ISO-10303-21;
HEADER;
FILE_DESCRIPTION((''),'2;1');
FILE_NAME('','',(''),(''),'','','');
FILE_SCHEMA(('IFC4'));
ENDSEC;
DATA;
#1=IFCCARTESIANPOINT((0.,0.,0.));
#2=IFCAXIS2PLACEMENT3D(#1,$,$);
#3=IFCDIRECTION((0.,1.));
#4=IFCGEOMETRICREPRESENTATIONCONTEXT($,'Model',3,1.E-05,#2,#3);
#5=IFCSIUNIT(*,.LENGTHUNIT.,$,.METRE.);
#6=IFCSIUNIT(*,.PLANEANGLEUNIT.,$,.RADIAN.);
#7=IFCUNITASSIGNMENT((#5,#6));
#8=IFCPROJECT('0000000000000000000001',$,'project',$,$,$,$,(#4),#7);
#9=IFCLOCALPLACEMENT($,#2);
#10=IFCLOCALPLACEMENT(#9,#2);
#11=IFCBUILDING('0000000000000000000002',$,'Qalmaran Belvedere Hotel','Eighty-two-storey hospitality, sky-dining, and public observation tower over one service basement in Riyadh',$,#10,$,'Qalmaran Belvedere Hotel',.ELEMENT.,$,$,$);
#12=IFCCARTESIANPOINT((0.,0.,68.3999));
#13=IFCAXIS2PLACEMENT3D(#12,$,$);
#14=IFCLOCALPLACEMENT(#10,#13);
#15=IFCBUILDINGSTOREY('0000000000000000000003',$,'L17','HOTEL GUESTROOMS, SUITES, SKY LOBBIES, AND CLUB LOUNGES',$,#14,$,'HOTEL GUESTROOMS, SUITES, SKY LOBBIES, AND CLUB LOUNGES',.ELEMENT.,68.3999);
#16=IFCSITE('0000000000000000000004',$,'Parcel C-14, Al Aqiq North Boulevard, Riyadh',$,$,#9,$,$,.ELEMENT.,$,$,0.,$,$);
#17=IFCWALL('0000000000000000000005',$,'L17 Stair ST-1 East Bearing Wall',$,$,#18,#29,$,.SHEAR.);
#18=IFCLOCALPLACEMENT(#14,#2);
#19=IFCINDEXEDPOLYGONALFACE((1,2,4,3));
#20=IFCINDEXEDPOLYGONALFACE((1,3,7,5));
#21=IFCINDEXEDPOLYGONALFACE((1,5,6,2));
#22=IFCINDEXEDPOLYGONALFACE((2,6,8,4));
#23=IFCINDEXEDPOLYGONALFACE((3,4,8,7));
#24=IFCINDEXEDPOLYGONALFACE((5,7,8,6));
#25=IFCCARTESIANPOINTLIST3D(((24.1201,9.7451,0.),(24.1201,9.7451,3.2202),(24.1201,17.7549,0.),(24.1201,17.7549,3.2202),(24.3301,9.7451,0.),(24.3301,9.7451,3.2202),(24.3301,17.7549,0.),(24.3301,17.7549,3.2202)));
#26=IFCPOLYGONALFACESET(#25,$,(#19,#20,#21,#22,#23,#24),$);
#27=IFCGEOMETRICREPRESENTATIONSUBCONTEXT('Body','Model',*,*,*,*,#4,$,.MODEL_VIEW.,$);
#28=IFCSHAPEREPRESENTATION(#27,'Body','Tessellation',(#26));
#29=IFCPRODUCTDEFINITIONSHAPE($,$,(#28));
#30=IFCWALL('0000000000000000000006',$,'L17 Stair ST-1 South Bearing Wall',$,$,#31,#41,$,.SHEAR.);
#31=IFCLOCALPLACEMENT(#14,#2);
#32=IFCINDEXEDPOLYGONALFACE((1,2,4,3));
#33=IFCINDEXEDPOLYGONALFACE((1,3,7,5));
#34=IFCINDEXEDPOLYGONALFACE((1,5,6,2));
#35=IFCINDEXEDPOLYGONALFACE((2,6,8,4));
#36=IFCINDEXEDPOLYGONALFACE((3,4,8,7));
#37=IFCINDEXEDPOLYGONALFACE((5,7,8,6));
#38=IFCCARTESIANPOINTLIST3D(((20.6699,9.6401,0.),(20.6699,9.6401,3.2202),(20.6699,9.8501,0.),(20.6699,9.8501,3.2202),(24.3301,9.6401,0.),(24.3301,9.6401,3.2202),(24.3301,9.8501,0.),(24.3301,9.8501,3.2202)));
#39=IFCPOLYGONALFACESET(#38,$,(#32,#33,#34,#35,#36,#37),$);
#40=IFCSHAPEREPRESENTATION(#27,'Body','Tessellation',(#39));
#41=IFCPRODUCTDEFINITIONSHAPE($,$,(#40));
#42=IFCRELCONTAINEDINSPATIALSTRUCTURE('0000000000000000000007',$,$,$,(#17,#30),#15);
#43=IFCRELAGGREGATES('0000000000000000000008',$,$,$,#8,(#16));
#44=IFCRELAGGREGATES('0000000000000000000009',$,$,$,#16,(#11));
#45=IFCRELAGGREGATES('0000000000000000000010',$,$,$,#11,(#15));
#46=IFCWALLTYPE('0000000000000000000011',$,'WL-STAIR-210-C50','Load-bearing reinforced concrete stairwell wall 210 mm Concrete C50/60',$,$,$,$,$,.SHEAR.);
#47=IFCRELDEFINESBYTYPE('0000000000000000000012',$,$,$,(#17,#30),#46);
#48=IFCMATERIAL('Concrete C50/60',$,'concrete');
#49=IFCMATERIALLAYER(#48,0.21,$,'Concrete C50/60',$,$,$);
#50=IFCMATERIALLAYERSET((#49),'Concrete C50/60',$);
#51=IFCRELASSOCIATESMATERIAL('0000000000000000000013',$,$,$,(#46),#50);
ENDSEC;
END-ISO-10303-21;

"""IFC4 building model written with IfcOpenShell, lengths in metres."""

from ifc_helpers import new_model, si_unit, direction, frame, frame_2d, origin, place, context, subcontext, project, spatial, rectangle, extrude, material, layer, layer_set, type_object, element, save


model = new_model("IFC4")

# Units and contexts
model_context = context("Model", 3, precision=1e-05, world=origin(), true_north=direction((0.0, 1.0)))
body_context = subcontext(model_context, "Body", "Model", "MODEL_VIEW")
ifc_project = project(units=[si_unit("LENGTHUNIT", "METRE"), si_unit("PLANEANGLEUNIT", "RADIAN")], contexts=[model_context])

# Site, building, storey
site_placement = place(None, origin())
site = spatial("IfcSite", under=ifc_project, at=site_placement, Name="Parcel C-14, Al Aqiq North Boulevard, Riyadh", CompositionType="ELEMENT", RefElevation=0.0)
building_placement = place(site_placement, origin())
building = spatial("IfcBuilding", under=site, at=building_placement, Name="Qalmaran Belvedere Hotel", Description="Eighty-two-storey hospitality, sky-dining, and public observation tower over one service basement in Riyadh", LongName="Qalmaran Belvedere Hotel", CompositionType="ELEMENT")
storey_placement = place(building_placement, frame((0.0, 0.0, 68.3999)))
storey = spatial("IfcBuildingStorey", under=building, at=storey_placement, Name="L17", Description="HOTEL GUESTROOMS, SUITES, SKY LOBBIES, AND CLUB LOUNGES", LongName="HOTEL GUESTROOMS, SUITES, SKY LOBBIES, AND CLUB LOUNGES", CompositionType="ELEMENT", Elevation=68.3999)

# Shared definitions
ifc_material_1 = material(Name="Concrete C50/60", Category="concrete")

# Walls
ifc_layer_1 = layer(ifc_material_1, 0.21, Name="Concrete C50/60")
ifc_layer_set_1 = layer_set([ifc_layer_1], Name="Concrete C50/60")
wall_type_1 = type_object("IfcWallType", Name="WL-STAIR-210-C50", Description="Load-bearing reinforced concrete stairwell wall 210 mm Concrete C50/60", PredefinedType="SHEAR", material=ifc_layer_set_1)
for number, where, z_axis, x_axis, name in (
    (1, (24.2251, 9.7451, 0.0), (0.0, 0.0, 1.0), (0.0, 1.0, 0.0), "L17 Stair ST-1 East Bearing Wall"),
):
    element("IfcWall", number, at=place(storey_placement, frame(where, z_axis=z_axis, x_axis=x_axis)), inside=storey, type_object=wall_type_1, Name=name, PredefinedType="SHEAR", context=body_context, shape_type="SweptSolid", body=[
        extrude(rectangle(XDim=8.0098, YDim=0.21, at=frame_2d((4.0049, 0.0))), origin(), (0.0, 0.0, 1.0), 3.2202),
    ])
wall_1_placement = place(storey_placement, frame((20.6699, 9.7451, 0.0), z_axis=(0.0, 0.0, 1.0), x_axis=(1.0, 0.0, 0.0)))
element("IfcWall", 2, at=wall_1_placement, inside=storey, type_object=wall_type_1, Name="L17 Stair ST-1 South Bearing Wall", PredefinedType="SHEAR", context=body_context, shape_type="SweptSolid", body=[
    extrude(rectangle(XDim=3.6602, YDim=0.21, at=frame_2d((1.8301, 0.0))), origin(), (0.0, 0.0, 1.0), 3.2202),
])

save(model, "model.ifc")
